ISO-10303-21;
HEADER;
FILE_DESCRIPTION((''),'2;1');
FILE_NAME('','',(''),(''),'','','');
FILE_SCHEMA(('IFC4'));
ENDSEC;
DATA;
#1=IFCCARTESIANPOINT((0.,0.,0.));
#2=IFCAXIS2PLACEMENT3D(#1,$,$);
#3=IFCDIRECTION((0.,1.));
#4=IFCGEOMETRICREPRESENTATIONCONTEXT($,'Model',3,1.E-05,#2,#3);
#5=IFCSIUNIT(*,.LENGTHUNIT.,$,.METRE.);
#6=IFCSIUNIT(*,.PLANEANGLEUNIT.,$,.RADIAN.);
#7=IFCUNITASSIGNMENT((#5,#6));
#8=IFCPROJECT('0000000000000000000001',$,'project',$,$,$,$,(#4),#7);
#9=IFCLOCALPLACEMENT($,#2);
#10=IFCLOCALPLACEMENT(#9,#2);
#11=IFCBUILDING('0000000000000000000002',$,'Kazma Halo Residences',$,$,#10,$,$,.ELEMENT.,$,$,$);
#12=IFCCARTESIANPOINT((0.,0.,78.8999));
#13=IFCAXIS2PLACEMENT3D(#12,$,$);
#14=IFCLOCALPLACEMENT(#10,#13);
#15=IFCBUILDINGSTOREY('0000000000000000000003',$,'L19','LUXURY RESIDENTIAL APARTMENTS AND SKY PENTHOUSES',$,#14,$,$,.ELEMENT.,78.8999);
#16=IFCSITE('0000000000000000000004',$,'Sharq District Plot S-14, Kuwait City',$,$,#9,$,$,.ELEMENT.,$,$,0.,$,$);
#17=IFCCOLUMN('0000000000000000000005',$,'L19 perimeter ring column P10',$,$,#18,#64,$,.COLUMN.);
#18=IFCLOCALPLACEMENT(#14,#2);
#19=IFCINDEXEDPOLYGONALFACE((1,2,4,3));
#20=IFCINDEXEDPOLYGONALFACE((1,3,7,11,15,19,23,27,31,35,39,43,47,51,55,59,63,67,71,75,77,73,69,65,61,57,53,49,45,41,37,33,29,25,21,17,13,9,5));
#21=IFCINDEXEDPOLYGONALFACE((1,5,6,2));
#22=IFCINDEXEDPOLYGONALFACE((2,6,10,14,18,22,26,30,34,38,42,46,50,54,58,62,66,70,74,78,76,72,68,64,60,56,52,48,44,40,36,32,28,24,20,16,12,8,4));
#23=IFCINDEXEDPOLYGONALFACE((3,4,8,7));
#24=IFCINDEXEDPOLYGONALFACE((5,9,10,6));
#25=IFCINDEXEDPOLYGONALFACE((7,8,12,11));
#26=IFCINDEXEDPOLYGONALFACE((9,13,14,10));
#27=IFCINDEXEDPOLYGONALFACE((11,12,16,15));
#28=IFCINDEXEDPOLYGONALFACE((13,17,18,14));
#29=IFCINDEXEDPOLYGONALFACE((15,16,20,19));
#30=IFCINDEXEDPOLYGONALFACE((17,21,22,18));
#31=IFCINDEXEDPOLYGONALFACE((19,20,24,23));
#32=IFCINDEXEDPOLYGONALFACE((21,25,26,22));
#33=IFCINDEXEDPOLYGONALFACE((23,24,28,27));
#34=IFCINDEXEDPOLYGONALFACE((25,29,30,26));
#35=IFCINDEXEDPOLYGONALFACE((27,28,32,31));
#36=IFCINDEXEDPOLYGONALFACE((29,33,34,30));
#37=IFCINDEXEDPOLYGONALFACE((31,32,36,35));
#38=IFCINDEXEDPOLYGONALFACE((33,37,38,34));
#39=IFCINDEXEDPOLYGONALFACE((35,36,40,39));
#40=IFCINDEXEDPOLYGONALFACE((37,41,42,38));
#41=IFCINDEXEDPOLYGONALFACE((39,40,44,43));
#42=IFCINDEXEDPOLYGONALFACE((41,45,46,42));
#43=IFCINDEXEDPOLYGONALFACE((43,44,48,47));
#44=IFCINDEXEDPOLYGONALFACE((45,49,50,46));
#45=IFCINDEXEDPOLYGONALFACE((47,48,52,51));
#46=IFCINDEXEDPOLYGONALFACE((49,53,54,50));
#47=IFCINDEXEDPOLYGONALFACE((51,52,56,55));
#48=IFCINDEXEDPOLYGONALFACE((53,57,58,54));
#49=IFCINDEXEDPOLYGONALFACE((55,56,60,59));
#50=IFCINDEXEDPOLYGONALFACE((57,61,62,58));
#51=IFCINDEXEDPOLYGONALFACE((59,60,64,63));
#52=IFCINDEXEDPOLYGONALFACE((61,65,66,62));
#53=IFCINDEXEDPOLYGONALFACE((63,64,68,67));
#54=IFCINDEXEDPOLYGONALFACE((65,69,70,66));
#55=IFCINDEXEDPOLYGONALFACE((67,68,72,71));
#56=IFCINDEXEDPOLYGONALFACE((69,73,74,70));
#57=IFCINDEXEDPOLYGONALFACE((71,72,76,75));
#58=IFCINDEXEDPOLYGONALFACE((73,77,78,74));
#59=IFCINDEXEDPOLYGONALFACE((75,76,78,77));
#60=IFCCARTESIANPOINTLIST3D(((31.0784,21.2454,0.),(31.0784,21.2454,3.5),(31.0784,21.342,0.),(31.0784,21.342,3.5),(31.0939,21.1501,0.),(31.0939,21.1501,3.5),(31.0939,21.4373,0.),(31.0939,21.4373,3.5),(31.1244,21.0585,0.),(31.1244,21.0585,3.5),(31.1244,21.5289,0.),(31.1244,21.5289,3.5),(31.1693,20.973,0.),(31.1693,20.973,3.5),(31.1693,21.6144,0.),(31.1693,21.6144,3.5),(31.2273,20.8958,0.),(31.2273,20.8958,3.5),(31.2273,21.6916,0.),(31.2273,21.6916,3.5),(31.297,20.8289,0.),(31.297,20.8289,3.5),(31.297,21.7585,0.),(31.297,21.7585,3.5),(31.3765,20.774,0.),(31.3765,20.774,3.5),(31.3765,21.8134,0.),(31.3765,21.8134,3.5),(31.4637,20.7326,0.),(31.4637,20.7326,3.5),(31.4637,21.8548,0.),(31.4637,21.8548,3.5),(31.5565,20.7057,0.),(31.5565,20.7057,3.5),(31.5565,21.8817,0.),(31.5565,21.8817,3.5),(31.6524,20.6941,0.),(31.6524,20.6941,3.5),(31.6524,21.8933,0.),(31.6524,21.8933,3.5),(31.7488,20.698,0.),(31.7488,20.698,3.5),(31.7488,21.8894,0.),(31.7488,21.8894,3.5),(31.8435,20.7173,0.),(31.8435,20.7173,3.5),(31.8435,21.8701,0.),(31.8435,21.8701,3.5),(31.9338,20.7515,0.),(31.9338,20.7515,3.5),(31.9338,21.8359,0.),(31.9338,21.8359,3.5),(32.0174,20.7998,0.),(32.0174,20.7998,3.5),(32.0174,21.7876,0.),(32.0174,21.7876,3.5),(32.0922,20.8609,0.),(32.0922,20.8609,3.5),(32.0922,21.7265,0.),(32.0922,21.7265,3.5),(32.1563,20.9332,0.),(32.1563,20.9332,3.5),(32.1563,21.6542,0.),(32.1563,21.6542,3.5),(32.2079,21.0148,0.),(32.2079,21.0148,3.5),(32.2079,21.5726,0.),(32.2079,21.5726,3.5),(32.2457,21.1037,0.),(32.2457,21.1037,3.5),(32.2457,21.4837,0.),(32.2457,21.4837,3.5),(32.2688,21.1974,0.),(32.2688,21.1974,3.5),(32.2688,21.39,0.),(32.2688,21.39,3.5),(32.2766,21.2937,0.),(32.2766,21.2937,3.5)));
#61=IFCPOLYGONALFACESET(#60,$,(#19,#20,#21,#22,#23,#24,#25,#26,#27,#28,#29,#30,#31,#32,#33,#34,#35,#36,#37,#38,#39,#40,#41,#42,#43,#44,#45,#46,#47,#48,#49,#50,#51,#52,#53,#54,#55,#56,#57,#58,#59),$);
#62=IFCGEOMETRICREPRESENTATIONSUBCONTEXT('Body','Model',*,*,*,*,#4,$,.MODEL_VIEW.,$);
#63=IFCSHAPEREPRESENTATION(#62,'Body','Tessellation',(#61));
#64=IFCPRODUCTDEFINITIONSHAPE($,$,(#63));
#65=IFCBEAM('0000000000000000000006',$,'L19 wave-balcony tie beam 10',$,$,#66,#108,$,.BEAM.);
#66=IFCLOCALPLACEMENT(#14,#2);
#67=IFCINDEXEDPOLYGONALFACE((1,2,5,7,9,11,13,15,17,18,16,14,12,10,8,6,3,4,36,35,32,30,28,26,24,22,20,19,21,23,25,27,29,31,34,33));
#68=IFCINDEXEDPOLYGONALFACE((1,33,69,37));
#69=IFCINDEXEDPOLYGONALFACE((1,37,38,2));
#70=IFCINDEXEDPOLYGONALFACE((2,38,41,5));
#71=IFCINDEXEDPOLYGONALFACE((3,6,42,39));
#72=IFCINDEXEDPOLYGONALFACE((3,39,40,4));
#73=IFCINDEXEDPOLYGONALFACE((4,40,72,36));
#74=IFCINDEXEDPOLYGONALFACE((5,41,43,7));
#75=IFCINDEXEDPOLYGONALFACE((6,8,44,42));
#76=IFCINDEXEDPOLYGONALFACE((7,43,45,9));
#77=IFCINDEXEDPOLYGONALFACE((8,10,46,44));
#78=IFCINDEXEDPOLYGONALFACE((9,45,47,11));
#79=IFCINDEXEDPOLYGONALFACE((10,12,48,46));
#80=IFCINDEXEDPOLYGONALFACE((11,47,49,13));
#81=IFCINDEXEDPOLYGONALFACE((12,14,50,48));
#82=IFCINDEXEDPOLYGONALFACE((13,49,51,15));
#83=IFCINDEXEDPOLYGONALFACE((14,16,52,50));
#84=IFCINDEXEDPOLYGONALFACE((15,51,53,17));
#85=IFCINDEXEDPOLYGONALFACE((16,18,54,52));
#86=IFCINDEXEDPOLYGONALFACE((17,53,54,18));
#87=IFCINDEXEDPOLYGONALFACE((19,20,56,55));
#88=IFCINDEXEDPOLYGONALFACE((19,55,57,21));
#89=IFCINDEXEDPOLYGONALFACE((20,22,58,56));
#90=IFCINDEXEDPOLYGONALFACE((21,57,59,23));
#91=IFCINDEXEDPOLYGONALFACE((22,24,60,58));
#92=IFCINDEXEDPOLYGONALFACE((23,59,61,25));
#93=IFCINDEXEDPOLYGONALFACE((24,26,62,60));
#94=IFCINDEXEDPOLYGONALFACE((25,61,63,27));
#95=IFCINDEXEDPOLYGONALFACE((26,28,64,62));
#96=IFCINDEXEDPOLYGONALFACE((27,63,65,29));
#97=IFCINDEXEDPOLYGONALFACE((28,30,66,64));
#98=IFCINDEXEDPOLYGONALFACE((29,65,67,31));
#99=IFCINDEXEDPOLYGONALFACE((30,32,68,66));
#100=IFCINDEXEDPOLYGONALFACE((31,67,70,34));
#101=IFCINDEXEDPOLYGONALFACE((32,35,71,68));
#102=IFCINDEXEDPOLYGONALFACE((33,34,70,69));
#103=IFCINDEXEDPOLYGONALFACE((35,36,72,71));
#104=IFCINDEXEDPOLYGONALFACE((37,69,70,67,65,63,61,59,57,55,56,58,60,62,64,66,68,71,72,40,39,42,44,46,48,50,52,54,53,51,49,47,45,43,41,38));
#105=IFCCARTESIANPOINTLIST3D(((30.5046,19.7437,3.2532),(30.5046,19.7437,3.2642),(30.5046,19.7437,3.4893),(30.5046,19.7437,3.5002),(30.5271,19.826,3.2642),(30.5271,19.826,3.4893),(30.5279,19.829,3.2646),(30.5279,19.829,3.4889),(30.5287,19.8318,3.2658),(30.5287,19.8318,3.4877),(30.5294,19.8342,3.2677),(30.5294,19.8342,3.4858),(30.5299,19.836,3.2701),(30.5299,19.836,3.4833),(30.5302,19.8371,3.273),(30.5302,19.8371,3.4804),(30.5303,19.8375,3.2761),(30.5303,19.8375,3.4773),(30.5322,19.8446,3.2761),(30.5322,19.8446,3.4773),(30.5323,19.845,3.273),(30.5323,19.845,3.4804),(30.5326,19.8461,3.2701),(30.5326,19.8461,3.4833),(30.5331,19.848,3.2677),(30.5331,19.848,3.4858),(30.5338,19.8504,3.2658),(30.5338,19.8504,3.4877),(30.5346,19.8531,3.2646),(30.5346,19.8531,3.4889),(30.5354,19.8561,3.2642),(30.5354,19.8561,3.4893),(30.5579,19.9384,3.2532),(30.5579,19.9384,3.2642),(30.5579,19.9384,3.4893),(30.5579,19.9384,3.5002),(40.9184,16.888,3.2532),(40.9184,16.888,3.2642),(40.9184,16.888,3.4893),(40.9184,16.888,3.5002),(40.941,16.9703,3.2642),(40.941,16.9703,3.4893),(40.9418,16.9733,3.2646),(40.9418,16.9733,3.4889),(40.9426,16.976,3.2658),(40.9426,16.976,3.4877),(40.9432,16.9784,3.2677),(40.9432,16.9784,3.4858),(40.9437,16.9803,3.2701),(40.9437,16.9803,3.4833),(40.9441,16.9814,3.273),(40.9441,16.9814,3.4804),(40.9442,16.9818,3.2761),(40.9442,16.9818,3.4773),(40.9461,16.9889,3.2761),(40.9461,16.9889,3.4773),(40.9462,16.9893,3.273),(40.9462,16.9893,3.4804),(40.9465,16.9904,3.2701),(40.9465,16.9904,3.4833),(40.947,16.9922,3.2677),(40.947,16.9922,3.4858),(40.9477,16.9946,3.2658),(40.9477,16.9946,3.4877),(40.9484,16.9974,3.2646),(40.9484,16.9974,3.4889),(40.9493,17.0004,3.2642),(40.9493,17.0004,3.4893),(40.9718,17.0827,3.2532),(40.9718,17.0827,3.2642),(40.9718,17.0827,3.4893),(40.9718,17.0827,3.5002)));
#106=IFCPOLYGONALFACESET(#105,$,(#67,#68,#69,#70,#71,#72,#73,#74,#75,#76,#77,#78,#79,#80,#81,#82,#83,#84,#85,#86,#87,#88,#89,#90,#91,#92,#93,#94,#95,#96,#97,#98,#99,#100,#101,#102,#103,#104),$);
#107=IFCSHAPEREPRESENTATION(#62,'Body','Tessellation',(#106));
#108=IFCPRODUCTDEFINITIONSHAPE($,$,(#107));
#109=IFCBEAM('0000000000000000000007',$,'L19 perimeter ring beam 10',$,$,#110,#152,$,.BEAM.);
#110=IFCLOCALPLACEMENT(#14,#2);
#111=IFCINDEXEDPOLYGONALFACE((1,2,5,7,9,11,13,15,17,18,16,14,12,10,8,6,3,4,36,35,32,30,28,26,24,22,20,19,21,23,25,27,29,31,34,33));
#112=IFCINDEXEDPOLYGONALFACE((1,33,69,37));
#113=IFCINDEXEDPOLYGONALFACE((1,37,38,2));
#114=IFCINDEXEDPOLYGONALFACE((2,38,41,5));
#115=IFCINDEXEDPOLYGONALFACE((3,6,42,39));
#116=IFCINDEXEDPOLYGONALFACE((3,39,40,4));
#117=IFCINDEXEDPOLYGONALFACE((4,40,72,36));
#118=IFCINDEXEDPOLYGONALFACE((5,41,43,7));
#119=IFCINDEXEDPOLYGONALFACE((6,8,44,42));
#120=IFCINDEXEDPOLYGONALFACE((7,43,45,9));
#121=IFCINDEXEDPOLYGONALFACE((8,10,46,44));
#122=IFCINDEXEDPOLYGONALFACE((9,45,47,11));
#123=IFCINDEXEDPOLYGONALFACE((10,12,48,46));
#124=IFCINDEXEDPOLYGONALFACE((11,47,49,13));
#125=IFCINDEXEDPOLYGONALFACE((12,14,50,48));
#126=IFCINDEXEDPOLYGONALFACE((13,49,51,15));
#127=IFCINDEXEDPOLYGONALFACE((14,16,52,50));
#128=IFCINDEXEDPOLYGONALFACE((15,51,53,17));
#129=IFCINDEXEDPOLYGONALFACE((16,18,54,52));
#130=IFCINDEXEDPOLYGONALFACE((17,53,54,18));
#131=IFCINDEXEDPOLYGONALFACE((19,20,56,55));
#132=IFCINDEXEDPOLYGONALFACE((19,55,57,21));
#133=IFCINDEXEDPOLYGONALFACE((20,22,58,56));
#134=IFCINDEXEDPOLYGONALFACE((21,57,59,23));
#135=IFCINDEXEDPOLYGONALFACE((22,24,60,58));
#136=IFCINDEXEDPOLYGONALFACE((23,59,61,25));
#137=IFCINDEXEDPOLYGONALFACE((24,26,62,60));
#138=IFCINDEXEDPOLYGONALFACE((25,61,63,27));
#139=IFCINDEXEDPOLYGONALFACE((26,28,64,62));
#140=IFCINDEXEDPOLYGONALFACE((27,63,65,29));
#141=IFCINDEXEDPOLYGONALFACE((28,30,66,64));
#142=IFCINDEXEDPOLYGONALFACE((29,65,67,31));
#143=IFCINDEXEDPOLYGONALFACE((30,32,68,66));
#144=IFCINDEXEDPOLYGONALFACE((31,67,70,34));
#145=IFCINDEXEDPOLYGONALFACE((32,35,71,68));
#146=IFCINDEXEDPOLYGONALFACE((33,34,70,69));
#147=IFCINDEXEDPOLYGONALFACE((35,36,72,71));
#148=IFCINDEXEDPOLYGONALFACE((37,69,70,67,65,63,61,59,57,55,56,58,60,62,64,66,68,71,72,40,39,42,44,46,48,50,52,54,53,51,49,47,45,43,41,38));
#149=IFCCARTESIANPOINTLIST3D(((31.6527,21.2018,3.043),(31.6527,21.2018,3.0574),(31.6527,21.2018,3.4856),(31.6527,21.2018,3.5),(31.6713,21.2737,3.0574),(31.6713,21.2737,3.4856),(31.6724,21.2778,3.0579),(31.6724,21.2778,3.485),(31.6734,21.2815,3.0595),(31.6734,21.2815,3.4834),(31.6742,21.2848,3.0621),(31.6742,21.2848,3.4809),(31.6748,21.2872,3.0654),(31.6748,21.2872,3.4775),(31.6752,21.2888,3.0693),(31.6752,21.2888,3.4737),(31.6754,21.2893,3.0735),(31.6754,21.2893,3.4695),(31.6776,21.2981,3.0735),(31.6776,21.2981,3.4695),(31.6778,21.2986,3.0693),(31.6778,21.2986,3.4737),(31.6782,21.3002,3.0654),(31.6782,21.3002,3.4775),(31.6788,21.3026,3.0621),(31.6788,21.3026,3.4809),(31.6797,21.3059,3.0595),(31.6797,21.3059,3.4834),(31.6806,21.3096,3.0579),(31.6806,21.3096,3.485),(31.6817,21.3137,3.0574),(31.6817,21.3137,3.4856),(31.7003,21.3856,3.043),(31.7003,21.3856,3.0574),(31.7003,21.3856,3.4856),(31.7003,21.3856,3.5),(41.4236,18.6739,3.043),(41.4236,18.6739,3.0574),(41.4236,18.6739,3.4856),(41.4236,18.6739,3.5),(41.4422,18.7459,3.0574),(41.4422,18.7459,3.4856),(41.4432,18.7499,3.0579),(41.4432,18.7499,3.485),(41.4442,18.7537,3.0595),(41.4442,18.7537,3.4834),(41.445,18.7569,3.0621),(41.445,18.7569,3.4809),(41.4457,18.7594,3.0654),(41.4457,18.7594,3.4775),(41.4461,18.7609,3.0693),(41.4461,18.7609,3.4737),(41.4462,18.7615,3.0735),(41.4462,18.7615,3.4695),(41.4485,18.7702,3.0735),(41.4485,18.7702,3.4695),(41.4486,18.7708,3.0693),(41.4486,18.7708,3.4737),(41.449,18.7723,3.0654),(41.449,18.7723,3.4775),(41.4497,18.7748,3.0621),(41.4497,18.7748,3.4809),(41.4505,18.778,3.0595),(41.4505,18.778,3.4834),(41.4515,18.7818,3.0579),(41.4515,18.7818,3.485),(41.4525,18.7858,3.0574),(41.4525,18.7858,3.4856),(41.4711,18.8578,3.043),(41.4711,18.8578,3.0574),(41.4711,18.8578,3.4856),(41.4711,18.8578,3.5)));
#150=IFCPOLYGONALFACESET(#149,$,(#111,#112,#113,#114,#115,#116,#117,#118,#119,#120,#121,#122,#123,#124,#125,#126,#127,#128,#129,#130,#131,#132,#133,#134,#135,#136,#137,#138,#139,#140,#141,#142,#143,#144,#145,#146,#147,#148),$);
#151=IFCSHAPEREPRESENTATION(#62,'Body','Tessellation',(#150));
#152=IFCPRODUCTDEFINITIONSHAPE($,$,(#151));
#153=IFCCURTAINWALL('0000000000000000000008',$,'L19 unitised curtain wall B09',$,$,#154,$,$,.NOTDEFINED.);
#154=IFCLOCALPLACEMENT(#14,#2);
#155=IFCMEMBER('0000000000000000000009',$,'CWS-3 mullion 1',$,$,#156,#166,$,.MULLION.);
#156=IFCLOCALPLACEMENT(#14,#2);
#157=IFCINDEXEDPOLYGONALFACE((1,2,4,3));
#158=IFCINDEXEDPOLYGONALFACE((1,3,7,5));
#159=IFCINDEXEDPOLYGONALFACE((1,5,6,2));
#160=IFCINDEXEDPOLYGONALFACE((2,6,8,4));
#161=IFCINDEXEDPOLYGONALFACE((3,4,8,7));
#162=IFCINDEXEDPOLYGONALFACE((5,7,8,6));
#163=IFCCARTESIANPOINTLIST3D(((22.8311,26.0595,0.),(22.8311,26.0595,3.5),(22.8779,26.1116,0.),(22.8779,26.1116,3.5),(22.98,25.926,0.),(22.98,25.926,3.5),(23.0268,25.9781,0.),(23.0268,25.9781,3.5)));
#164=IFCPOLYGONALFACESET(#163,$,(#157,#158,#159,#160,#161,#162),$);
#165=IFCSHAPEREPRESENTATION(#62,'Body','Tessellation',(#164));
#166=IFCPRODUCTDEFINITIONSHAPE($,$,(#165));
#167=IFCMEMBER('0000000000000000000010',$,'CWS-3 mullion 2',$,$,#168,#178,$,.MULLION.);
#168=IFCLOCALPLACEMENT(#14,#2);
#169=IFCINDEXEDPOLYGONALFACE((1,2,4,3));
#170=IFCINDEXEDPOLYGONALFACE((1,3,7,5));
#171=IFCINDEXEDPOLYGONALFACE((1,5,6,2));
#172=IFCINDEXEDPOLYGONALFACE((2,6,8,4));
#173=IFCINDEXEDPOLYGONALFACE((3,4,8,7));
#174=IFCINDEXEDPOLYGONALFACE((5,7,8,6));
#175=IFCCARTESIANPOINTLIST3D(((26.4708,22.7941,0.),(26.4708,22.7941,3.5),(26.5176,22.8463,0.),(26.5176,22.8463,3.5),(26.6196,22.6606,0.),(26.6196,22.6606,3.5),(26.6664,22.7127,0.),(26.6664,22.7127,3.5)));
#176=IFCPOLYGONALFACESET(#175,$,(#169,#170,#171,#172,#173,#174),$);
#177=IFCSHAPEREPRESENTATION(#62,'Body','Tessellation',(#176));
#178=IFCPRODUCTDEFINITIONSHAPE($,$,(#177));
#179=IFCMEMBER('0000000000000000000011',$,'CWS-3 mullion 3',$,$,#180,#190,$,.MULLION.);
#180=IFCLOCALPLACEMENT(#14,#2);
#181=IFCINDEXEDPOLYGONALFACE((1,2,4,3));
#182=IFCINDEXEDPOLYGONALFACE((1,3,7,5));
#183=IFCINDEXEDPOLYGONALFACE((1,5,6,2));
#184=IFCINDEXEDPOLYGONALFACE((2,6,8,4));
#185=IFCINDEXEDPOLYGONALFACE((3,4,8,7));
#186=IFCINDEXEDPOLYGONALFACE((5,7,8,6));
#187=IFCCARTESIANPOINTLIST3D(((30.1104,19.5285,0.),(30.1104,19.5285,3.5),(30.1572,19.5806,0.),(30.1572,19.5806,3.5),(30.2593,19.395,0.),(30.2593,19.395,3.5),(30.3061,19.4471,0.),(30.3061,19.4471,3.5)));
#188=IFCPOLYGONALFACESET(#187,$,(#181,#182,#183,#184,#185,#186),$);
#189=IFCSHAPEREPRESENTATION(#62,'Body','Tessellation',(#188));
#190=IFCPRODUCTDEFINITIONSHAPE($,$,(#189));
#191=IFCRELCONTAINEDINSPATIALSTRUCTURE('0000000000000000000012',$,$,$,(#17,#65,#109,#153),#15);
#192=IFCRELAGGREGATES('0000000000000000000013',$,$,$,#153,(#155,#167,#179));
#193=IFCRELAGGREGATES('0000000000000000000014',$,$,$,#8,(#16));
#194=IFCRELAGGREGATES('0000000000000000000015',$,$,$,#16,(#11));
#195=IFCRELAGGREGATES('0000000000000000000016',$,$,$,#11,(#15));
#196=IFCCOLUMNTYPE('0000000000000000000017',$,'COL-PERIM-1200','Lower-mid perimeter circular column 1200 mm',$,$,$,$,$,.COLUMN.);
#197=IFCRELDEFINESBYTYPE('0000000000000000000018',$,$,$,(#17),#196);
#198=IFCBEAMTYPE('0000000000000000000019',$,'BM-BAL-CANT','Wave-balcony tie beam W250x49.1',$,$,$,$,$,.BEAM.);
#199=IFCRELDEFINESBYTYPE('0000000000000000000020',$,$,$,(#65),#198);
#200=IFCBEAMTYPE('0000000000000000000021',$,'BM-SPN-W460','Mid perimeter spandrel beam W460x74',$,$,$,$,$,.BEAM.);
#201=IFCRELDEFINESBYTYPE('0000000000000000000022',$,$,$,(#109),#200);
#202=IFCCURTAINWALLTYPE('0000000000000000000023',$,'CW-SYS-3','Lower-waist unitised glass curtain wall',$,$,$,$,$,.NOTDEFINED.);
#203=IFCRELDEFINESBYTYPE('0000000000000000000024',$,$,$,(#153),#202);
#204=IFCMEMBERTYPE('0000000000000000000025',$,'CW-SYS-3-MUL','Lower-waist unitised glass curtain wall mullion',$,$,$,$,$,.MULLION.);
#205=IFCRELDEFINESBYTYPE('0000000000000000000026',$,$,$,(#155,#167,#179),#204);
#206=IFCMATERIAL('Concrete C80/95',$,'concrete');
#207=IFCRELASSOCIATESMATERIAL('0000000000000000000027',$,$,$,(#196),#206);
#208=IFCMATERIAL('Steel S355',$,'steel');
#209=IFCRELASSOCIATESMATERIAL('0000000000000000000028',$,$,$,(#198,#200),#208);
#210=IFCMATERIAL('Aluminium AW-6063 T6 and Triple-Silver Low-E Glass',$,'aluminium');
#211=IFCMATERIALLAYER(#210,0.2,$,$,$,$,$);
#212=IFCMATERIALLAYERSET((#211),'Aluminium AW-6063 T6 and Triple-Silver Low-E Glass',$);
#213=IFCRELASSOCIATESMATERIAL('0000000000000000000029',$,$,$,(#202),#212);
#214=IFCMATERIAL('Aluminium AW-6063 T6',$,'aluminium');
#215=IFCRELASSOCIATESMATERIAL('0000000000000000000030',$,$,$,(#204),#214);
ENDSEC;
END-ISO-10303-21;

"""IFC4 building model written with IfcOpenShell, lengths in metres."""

from ifc_helpers import new_model, si_unit, direction, frame, origin, origin_2d, place, context, subcontext, project, spatial, rectangle, circle, i_section, extrude, material, layer, layer_set, material_profile, profile_set, type_object, element, aggregate, save


model = new_model("IFC4")

# Units and contexts
model_context = context("Model", 3, precision=1e-05, world=origin(), true_north=direction((0.0, 1.0)))
body_context = subcontext(model_context, "Body", "Model", "MODEL_VIEW")
ifc_project = project(units=[si_unit("LENGTHUNIT", "METRE"), si_unit("PLANEANGLEUNIT", "RADIAN")], contexts=[model_context])

# Site, building, storey
site_placement = place(None, origin())
site = spatial("IfcSite", under=ifc_project, at=site_placement, Name="Sharq District Plot S-14, Kuwait City", CompositionType="ELEMENT", RefElevation=0.0)
building_placement = place(site_placement, origin())
building = spatial("IfcBuilding", under=site, at=building_placement, Name="Kazma Halo Residences", CompositionType="ELEMENT")
storey_placement = place(building_placement, frame((0.0, 0.0, 78.8999)))
storey = spatial("IfcBuildingStorey", under=building, at=storey_placement, Name="L19", Description="LUXURY RESIDENTIAL APARTMENTS AND SKY PENTHOUSES", CompositionType="ELEMENT", Elevation=78.8999)

# Column
ifc_material_1 = material(Name="Concrete C80/95", Category="concrete")
ifc_material_profile_1 = material_profile(ifc_material_1, circle(Radius=0.6001, at=origin_2d()), Name="CIRC1200")
ifc_profile_set_1 = profile_set([ifc_material_profile_1], Name="Concrete C80/95")
column_type = type_object("IfcColumnType", Name="COL-PERIM-1200", Description="Lower-mid perimeter circular column 1200 mm", PredefinedType="COLUMN", material=ifc_profile_set_1)
column_placement = place(storey_placement, frame((31.6765, 21.2937, 0.0), z_axis=(0.0, 0.0, 1.0), x_axis=(1.0, 0.0, 0.0)))
element("IfcColumn", 1, at=column_placement, inside=storey, type_object=column_type, Name="L19 perimeter ring column P10", PredefinedType="COLUMN", context=body_context, shape_type="SweptSolid", body=[
    extrude(circle(Radius=0.6001, at=origin_2d()), origin(), (0.0, 0.0, 1.0), 3.5),
])

# Beams
ifc_material_2 = material(Name="Steel S355", Category="steel")
ifc_material_profile_2 = material_profile(ifc_material_2, i_section(OverallWidth=0.2019, OverallDepth=0.2471, WebThickness=0.0073, FlangeThickness=0.011, FilletRadius=0.012, at=origin_2d()), Name="W250x49.1")
ifc_profile_set_2 = profile_set([ifc_material_profile_2], Name="Steel S355")
beam_type_1 = type_object("IfcBeamType", Name="BM-BAL-CANT", Description="Wave-balcony tie beam W250x49.1", PredefinedType="BEAM", material=ifc_profile_set_2)
beam_1_placement = place(storey_placement, frame((30.5312, 19.8411, 3.3767), z_axis=(0.964397, -0.26446, 0.0), x_axis=(0.26446, 0.964397, 0.0)))
element("IfcBeam", 2, at=beam_1_placement, inside=storey, type_object=beam_type_1, Name="L19 wave-balcony tie beam 10", PredefinedType="BEAM", context=body_context, shape_type="SweptSolid", body=[
    extrude(i_section(OverallWidth=0.2019, OverallDepth=0.2471, WebThickness=0.0073, FlangeThickness=0.011, FilletRadius=0.012, at=origin_2d()), origin(), (0.0, 0.0, 1.0), 10.7983),
])
ifc_material_profile_3 = material_profile(ifc_material_2, i_section(OverallWidth=0.1899, OverallDepth=0.457, WebThickness=0.009, FlangeThickness=0.0144, FilletRadius=0.0161, at=origin_2d()), Name="W460x74")
ifc_profile_set_3 = profile_set([ifc_material_profile_3], Name="Steel S355")
beam_type_2 = type_object("IfcBeamType", Name="BM-SPN-W460", Description="Mid perimeter spandrel beam W460x74", PredefinedType="BEAM", material=ifc_profile_set_3)
beam_2_placement = place(storey_placement, frame((31.6765, 21.2937, 3.2715), z_axis=(0.968125, -0.250468, 0.0), x_axis=(0.250468, 0.968125, 0.0)))
element("IfcBeam", 3, at=beam_2_placement, inside=storey, type_object=beam_type_2, Name="L19 perimeter ring beam 10", PredefinedType="BEAM", context=body_context, shape_type="SweptSolid", body=[
    extrude(i_section(OverallWidth=0.1899, OverallDepth=0.457, WebThickness=0.009, FlangeThickness=0.0144, FilletRadius=0.0161, at=origin_2d()), origin(), (0.0, 0.0, 1.0), 10.0925),
])

# Curtain wall, members
ifc_material_3 = material(Name="Aluminium AW-6063 T6 and Triple-Silver Low-E Glass", Category="aluminium")
ifc_layer_1 = layer(ifc_material_3, 0.2)
ifc_layer_set_1 = layer_set([ifc_layer_1], Name="Aluminium AW-6063 T6 and Triple-Silver Low-E Glass")
curtain_wall_type = type_object("IfcCurtainWallType", Name="CW-SYS-3", Description="Lower-waist unitised glass curtain wall", PredefinedType="NOTDEFINED", material=ifc_layer_set_1)
curtain_wall_placement = place(storey_placement, origin())
curtain_wall = element("IfcCurtainWall", 4, at=curtain_wall_placement, inside=storey, type_object=curtain_wall_type, Name="L19 unitised curtain wall B09", PredefinedType="NOTDEFINED")
ifc_material_4 = material(Name="Aluminium AW-6063 T6", Category="aluminium")
ifc_material_profile_4 = material_profile(ifc_material_4, rectangle(XDim=0.0701, YDim=0.2, at=origin_2d()), Name="CWM-70x200")
ifc_profile_set_4 = profile_set([ifc_material_profile_4], Name="Aluminium AW-6063 T6")
member_type_1 = type_object("IfcMemberType", Name="CW-SYS-3-MUL", Description="Lower-waist unitised glass curtain wall mullion", PredefinedType="MULLION", material=ifc_profile_set_4)
member_1_placement = place(storey_placement, frame((22.929, 26.0188, 0.0), z_axis=(0.0, 0.0, 1.0), x_axis=(0.667795, 0.744345, 0.0)))
member_1 = element("IfcMember", 5, at=member_1_placement, type_object=member_type_1, Name="CWS-3 mullion 1", PredefinedType="MULLION", context=body_context, shape_type="SweptSolid", body=[
    extrude(rectangle(XDim=0.0701, YDim=0.2, at=origin_2d()), origin(), (0.0, 0.0, 1.0), 3.5),
])
member_2_placement = place(storey_placement, frame((26.5686, 22.7534, 0.0), z_axis=(0.0, 0.0, 1.0), x_axis=(0.667795, 0.744345, 0.0)))
member_2 = element("IfcMember", 6, at=member_2_placement, type_object=member_type_1, Name="CWS-3 mullion 2", PredefinedType="MULLION", context=body_context, shape_type="SweptSolid", body=[
    extrude(rectangle(XDim=0.0701, YDim=0.2, at=origin_2d()), origin(), (0.0, 0.0, 1.0), 3.5),
])
member_3_placement = place(storey_placement, frame((30.2083, 19.4878, 0.0), z_axis=(0.0, 0.0, 1.0), x_axis=(0.667795, 0.744345, 0.0)))
member_3 = element("IfcMember", 7, at=member_3_placement, type_object=member_type_1, Name="CWS-3 mullion 3", PredefinedType="MULLION", context=body_context, shape_type="SweptSolid", body=[
    extrude(rectangle(XDim=0.0701, YDim=0.2, at=origin_2d()), origin(), (0.0, 0.0, 1.0), 3.5),
])
aggregate(curtain_wall, [member_1, member_2, member_3])

save(model, "model.ifc")
